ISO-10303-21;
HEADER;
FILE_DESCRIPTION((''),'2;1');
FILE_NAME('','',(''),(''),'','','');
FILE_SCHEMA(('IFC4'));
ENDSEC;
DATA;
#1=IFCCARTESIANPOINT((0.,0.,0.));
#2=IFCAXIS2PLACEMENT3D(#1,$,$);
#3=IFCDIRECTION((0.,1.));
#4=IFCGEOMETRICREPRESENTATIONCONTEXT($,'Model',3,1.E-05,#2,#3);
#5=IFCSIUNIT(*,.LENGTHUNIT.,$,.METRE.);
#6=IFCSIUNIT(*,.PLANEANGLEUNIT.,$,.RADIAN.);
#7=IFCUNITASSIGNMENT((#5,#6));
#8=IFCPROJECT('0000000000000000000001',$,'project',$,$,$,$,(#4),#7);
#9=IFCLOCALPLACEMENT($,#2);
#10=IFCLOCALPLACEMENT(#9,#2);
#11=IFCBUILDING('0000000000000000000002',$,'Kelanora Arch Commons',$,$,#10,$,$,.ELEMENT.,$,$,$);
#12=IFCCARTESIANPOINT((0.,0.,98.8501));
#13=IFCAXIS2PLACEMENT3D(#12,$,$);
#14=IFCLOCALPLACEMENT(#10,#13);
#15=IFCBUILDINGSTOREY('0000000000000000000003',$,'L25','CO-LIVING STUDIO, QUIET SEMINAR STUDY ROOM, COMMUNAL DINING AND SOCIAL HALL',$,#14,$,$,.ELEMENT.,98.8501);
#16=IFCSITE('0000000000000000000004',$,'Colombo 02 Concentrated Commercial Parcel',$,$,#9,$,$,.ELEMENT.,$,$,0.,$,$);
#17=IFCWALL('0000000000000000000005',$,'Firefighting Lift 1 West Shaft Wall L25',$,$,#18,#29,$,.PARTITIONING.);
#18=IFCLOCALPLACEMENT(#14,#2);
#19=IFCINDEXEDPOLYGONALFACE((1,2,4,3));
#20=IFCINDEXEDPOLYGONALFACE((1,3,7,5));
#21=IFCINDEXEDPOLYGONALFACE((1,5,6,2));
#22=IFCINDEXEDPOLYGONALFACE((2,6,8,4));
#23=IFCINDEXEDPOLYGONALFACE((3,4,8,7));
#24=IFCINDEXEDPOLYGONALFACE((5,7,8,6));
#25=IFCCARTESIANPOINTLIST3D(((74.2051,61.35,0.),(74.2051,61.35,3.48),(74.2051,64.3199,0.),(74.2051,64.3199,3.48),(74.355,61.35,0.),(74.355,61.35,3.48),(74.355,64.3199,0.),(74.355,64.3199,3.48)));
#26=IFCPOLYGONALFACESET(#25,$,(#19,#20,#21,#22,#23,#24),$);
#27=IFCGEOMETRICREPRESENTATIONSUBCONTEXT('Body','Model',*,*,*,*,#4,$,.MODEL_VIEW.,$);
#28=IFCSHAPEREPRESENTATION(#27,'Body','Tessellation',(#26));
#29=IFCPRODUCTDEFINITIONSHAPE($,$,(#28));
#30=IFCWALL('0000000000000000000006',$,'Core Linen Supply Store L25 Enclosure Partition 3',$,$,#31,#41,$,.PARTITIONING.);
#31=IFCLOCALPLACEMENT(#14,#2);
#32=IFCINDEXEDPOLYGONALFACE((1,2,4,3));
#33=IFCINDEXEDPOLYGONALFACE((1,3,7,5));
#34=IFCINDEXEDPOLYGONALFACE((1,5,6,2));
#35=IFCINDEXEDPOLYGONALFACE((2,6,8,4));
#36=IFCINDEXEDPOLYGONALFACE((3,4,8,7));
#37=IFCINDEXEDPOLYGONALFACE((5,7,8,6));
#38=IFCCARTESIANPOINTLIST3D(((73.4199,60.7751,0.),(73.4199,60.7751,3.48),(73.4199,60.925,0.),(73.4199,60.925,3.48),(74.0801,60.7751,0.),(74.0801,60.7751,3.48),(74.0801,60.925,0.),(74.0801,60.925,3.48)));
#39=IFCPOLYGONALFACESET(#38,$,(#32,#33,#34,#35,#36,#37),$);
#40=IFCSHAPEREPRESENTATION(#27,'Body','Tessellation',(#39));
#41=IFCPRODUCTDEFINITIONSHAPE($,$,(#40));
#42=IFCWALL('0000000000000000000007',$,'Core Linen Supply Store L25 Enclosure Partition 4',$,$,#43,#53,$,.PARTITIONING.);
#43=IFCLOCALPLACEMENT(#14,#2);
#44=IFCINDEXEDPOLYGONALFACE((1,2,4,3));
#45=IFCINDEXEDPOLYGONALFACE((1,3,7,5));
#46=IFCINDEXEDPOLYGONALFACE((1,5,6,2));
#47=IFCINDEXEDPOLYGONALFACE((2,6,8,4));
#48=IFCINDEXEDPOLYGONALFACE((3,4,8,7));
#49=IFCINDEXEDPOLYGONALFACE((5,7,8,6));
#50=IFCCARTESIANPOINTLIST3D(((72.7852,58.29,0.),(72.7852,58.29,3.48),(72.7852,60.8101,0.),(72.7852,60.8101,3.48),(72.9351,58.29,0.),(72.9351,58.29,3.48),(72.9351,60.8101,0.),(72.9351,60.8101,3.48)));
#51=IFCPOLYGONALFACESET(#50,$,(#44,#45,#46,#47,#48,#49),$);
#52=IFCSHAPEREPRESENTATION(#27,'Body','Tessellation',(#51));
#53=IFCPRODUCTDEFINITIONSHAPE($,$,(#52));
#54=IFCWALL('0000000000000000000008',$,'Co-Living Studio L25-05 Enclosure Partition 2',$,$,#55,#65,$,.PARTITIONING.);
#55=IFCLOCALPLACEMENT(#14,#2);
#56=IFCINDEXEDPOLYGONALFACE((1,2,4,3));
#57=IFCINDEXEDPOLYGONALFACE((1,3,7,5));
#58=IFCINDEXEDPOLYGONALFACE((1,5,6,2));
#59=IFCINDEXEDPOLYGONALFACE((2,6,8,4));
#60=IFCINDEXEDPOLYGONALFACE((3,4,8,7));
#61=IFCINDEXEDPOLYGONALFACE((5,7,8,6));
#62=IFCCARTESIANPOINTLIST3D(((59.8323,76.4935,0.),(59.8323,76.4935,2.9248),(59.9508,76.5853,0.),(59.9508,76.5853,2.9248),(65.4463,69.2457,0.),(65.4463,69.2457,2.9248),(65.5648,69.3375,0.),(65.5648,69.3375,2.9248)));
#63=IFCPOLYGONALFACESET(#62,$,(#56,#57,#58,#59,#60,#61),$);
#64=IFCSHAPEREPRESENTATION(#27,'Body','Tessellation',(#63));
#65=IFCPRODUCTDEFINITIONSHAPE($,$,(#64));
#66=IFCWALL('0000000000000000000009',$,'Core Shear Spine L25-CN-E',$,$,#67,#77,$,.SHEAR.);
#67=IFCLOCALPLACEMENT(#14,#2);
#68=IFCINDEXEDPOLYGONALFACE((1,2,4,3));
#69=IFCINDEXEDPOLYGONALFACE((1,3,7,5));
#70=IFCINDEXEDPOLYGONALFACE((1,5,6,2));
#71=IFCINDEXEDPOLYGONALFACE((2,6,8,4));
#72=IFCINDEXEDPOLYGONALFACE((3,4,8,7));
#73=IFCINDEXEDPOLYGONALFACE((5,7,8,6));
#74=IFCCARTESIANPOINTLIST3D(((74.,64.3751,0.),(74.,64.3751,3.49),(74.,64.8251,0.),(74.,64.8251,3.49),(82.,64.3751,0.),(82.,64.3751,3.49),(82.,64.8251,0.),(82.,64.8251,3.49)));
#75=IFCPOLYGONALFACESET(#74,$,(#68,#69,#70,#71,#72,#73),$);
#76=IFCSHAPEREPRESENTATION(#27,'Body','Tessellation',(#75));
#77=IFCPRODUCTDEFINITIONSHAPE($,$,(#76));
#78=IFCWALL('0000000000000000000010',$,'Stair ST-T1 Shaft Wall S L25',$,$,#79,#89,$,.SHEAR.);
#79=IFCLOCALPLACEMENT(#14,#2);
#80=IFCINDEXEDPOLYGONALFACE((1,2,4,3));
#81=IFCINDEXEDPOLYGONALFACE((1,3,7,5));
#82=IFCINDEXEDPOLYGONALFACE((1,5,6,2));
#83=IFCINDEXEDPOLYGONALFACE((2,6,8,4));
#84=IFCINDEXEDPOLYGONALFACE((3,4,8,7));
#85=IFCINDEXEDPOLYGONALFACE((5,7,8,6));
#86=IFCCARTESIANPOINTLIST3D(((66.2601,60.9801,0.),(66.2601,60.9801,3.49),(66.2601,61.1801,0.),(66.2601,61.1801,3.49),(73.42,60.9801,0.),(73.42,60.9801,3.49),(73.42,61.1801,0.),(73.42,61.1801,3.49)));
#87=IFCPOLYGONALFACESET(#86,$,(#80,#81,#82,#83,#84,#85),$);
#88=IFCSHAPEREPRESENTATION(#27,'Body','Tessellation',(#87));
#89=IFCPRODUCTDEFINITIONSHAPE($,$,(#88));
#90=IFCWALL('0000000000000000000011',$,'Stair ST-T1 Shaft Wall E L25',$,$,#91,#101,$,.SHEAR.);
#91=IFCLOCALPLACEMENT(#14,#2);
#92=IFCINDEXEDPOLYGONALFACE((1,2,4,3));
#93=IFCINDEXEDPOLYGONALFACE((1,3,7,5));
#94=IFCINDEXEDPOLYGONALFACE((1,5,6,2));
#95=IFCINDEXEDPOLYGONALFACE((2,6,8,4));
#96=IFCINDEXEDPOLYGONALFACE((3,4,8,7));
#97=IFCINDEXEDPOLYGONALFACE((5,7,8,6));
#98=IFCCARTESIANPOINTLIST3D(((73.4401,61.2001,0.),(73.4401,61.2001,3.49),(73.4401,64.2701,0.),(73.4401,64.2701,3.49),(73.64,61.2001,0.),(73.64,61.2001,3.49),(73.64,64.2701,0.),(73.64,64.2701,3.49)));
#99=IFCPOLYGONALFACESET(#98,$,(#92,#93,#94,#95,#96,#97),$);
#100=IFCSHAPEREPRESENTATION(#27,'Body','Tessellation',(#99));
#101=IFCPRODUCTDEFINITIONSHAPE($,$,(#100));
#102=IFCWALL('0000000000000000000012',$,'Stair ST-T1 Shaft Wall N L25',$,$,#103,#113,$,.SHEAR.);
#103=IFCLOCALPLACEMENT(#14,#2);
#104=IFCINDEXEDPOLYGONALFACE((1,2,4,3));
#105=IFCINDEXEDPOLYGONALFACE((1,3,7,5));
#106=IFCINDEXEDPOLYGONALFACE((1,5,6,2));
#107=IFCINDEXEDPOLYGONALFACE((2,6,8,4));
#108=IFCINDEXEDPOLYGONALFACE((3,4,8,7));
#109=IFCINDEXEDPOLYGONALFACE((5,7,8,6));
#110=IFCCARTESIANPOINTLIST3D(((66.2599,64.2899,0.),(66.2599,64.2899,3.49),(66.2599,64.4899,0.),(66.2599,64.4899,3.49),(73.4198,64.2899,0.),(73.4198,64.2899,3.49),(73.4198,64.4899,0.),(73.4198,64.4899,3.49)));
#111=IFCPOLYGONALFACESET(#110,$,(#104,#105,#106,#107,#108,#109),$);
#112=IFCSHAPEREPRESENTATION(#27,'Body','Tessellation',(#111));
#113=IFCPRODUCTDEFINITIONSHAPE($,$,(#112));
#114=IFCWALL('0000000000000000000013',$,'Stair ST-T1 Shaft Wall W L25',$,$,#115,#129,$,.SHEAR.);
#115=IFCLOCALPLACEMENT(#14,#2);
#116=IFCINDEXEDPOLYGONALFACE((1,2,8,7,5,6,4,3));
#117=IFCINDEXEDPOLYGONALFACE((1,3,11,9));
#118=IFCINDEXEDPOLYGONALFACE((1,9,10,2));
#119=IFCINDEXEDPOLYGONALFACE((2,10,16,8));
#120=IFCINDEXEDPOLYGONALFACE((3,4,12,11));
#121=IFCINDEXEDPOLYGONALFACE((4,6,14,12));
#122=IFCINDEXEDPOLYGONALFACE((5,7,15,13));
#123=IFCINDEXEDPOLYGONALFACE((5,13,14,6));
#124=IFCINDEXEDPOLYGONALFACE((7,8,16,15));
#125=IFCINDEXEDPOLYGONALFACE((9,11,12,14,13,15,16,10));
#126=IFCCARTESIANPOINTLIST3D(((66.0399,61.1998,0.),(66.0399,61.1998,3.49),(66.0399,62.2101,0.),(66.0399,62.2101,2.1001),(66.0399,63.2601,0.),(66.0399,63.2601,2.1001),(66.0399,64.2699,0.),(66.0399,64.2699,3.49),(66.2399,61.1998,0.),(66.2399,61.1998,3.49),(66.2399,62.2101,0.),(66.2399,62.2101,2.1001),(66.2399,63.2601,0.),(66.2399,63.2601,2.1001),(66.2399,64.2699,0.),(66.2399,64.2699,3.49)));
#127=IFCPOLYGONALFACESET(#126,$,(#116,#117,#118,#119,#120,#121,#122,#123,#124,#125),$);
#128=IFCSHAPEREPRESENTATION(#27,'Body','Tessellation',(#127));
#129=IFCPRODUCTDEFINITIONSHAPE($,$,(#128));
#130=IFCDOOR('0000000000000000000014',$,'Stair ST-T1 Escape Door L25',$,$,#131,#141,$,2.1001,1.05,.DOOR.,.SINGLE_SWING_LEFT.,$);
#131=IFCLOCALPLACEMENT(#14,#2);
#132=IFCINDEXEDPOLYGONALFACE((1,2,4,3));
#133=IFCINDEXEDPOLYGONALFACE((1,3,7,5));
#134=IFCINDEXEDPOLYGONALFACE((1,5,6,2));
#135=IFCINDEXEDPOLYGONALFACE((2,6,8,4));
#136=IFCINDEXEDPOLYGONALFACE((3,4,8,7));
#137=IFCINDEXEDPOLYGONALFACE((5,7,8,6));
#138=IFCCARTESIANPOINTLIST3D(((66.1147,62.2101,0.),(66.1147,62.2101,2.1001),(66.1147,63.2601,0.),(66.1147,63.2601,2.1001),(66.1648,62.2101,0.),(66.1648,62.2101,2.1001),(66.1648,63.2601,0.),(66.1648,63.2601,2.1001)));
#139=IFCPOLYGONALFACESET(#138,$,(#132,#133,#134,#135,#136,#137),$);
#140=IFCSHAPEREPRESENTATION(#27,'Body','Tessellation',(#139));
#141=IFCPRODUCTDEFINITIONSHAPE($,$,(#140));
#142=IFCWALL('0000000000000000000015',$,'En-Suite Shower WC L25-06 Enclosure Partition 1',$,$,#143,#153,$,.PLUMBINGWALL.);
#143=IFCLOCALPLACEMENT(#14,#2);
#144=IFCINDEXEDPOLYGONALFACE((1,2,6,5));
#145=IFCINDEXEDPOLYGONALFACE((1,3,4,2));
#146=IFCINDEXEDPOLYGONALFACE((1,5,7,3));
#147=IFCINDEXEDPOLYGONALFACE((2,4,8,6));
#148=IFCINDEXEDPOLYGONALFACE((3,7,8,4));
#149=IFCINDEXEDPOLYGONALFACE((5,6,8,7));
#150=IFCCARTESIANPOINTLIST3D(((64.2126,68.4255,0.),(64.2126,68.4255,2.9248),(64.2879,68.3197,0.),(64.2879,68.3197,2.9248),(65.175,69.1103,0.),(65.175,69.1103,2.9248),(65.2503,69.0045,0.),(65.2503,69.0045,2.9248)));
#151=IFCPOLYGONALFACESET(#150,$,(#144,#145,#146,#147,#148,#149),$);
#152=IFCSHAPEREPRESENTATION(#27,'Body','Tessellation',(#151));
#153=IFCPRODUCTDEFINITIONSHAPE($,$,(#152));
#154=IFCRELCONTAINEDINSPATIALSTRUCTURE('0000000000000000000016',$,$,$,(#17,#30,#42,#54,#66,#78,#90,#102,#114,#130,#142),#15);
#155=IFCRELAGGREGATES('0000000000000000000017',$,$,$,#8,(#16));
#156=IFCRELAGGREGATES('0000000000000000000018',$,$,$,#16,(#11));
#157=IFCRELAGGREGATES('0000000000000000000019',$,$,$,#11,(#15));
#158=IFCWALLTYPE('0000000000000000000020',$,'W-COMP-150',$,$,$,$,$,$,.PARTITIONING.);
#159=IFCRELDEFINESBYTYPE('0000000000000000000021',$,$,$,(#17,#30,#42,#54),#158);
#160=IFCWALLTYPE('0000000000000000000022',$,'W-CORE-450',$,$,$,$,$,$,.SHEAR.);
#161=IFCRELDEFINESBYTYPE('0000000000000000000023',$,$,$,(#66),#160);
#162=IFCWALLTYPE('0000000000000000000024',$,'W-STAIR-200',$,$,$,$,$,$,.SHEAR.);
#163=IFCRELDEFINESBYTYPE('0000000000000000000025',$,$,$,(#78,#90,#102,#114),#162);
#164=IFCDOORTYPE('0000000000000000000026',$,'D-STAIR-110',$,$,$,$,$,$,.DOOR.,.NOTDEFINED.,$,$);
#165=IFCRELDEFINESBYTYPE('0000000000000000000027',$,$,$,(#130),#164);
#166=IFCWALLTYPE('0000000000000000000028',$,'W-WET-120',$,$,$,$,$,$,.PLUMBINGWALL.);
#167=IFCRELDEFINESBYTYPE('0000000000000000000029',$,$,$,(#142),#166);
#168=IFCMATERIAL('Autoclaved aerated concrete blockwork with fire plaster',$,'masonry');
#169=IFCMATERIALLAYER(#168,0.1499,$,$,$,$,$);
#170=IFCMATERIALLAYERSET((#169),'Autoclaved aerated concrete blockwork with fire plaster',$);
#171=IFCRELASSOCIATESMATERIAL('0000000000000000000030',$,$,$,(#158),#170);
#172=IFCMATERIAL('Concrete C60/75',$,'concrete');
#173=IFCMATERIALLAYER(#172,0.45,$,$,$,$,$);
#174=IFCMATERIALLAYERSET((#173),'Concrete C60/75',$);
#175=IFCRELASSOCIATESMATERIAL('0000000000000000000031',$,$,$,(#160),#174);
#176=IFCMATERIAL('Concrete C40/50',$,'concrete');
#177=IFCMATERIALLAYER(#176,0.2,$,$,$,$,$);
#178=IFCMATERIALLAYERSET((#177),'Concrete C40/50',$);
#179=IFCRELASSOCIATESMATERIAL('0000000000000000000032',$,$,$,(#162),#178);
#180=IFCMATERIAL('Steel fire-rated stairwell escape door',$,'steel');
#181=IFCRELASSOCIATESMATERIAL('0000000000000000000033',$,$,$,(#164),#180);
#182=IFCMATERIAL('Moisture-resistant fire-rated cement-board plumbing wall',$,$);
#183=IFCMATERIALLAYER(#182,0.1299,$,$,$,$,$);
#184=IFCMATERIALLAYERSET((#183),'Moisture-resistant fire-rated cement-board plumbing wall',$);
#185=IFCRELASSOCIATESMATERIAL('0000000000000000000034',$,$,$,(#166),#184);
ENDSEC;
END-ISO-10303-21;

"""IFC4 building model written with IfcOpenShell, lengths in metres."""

from ifc_helpers import new_model, si_unit, direction, frame, frame_2d, origin, place, context, subcontext, project, spatial, rectangle, extrude, material, layer, layer_set, type_object, element, fill, save


model = new_model("IFC4")

# Units and contexts
model_context = context("Model", 3, precision=1e-05, world=origin(), true_north=direction((0.0, 1.0)))
body_context = subcontext(model_context, "Body", "Model", "MODEL_VIEW")
ifc_project = project(units=[si_unit("LENGTHUNIT", "METRE"), si_unit("PLANEANGLEUNIT", "RADIAN")], contexts=[model_context])

# Site, building, storey
site_placement = place(None, origin())
site = spatial("IfcSite", under=ifc_project, at=site_placement, Name="Colombo 02 Concentrated Commercial Parcel", CompositionType="ELEMENT", RefElevation=0.0)
building_placement = place(site_placement, origin())
building = spatial("IfcBuilding", under=site, at=building_placement, Name="Kelanora Arch Commons", CompositionType="ELEMENT")
storey_placement = place(building_placement, frame((0.0, 0.0, 98.8501)))
storey = spatial("IfcBuildingStorey", under=building, at=storey_placement, Name="L25", Description="CO-LIVING STUDIO, QUIET SEMINAR STUDY ROOM, COMMUNAL DINING AND SOCIAL HALL", CompositionType="ELEMENT", Elevation=98.8501)

# Shared definitions
ifc_material_1 = material(Name="Concrete C60/75", Category="concrete")

# Walls
ifc_material_2 = material(Name="Autoclaved aerated concrete blockwork with fire plaster", Category="masonry")
ifc_layer_1 = layer(ifc_material_2, 0.1499)
ifc_layer_set_1 = layer_set([ifc_layer_1], Name="Autoclaved aerated concrete blockwork with fire plaster")
wall_type_1 = type_object("IfcWallType", Name="W-COMP-150", PredefinedType="PARTITIONING", material=ifc_layer_set_1)
wall_1_placement = place(storey_placement, frame((74.28, 61.3501, 0.0), z_axis=(0.0, 0.0, 1.0), x_axis=(0.0, 1.0, 0.0)))
element("IfcWall", 1, at=wall_1_placement, inside=storey, type_object=wall_type_1, Name="Firefighting Lift 1 West Shaft Wall L25", PredefinedType="PARTITIONING", context=body_context, shape_type="SweptSolid", body=[
    extrude(rectangle(XDim=2.97, YDim=0.1499, at=frame_2d((1.4849, 0.0))), origin(), (0.0, 0.0, 1.0), 3.48),
])
wall_2_placement = place(storey_placement, frame((74.0801, 60.8501, 0.0), z_axis=(0.0, 0.0, 1.0), x_axis=(-1.0, 0.0, 0.0)))
element("IfcWall", 2, at=wall_2_placement, inside=storey, type_object=wall_type_1, Name="Core Linen Supply Store L25 Enclosure Partition 3", PredefinedType="PARTITIONING", context=body_context, shape_type="SweptSolid", body=[
    extrude(rectangle(XDim=0.6602, YDim=0.1499, at=frame_2d((0.3301, 0.0))), origin(), (0.0, 0.0, 1.0), 3.48),
])
wall_3_placement = place(storey_placement, frame((72.8601, 60.8101, 0.0), z_axis=(0.0, 0.0, 1.0), x_axis=(0.0, -1.0, 0.0)))
element("IfcWall", 3, at=wall_3_placement, inside=storey, type_object=wall_type_1, Name="Core Linen Supply Store L25 Enclosure Partition 4", PredefinedType="PARTITIONING", context=body_context, shape_type="SweptSolid", body=[
    extrude(rectangle(XDim=2.52, YDim=0.1499, at=frame_2d((1.26, 0.0))), origin(), (0.0, 0.0, 1.0), 3.48),
])
wall_4_placement = place(storey_placement, frame((65.5056, 69.2915, 0.0), z_axis=(0.0, 0.0, 1.0), x_axis=(-0.612365, 0.790575, 0.0)))
element("IfcWall", 4, at=wall_4_placement, inside=storey, type_object=wall_type_1, Name="Co-Living Studio L25-05 Enclosure Partition 2", PredefinedType="PARTITIONING", context=body_context, shape_type="SweptSolid", body=[
    extrude(rectangle(XDim=9.1677, YDim=0.1499, at=frame_2d((4.584, 0.0))), origin(), (0.0, 0.0, 1.0), 2.9248),
])
ifc_layer_2 = layer(ifc_material_1, 0.45)
ifc_layer_set_2 = layer_set([ifc_layer_2], Name="Concrete C60/75")
wall_type_2 = type_object("IfcWallType", Name="W-CORE-450", PredefinedType="SHEAR", material=ifc_layer_set_2)
wall_5_placement = place(storey_placement, frame((74.0, 64.6001, 0.0), z_axis=(0.0, 0.0, 1.0), x_axis=(1.0, 0.0, 0.0)))
element("IfcWall", 5, at=wall_5_placement, inside=storey, type_object=wall_type_2, Name="Core Shear Spine L25-CN-E", PredefinedType="SHEAR", context=body_context, shape_type="SweptSolid", body=[
    extrude(rectangle(XDim=8.0, YDim=0.45, at=frame_2d((4.0, 0.0))), origin(), (0.0, 0.0, 1.0), 3.49),
])

# Shared definitions
ifc_material_3 = material(Name="Concrete C40/50", Category="concrete")

# Walls
ifc_layer_3 = layer(ifc_material_3, 0.2)
ifc_layer_set_3 = layer_set([ifc_layer_3], Name="Concrete C40/50")
wall_type_3 = type_object("IfcWallType", Name="W-STAIR-200", PredefinedType="SHEAR", material=ifc_layer_set_3)
wall_6_placement = place(storey_placement, frame((66.26, 61.0801, 0.0), z_axis=(0.0, 0.0, 1.0), x_axis=(1.0, 0.0, 0.0)))
element("IfcWall", 6, at=wall_6_placement, inside=storey, type_object=wall_type_3, Name="Stair ST-T1 Shaft Wall S L25", PredefinedType="SHEAR", context=body_context, shape_type="SweptSolid", body=[
    extrude(rectangle(XDim=7.1599, YDim=0.2, at=frame_2d((3.5801, 0.0))), origin(), (0.0, 0.0, 1.0), 3.49),
])
wall_7_placement = place(storey_placement, frame((73.54, 61.2, 0.0), z_axis=(0.0, 0.0, 1.0), x_axis=(0.0, 1.0, 0.0)))
element("IfcWall", 7, at=wall_7_placement, inside=storey, type_object=wall_type_3, Name="Stair ST-T1 Shaft Wall E L25", PredefinedType="SHEAR", context=body_context, shape_type="SweptSolid", body=[
    extrude(rectangle(XDim=3.0701, YDim=0.2, at=frame_2d((1.5352, 0.0))), origin(), (0.0, 0.0, 1.0), 3.49),
])
wall_8_placement = place(storey_placement, frame((73.4199, 64.3899, 0.0), z_axis=(0.0, 0.0, 1.0), x_axis=(-1.0, 0.0, 0.0)))
element("IfcWall", 8, at=wall_8_placement, inside=storey, type_object=wall_type_3, Name="Stair ST-T1 Shaft Wall N L25", PredefinedType="SHEAR", context=body_context, shape_type="SweptSolid", body=[
    extrude(rectangle(XDim=7.1599, YDim=0.2, at=frame_2d((3.5801, 0.0))), origin(), (0.0, 0.0, 1.0), 3.49),
])

# Wall, opening, door
wall_9_placement = place(storey_placement, frame((66.1399, 64.27, 0.0), z_axis=(0.0, 0.0, 1.0), x_axis=(0.0, -1.0, 0.0)))
wall_9 = element("IfcWall", 9, at=wall_9_placement, inside=storey, type_object=wall_type_3, Name="Stair ST-T1 Shaft Wall W L25", PredefinedType="SHEAR", context=body_context, shape_type="SweptSolid", body=[
    extrude(rectangle(XDim=3.0701, YDim=0.2, at=frame_2d((1.5352, 0.0))), origin(), (0.0, 0.0, 1.0), 3.49),
])
opening_1_placement = place(wall_9_placement, frame((1.01, 0.0, 0.0)))
opening_1 = element("IfcOpeningElement", 10, at=opening_1_placement, cuts=wall_9, PredefinedType="OPENING", context=body_context, shape_type="SweptSolid", body=[
    extrude(rectangle(XDim=1.05, YDim=2.1001, at=frame_2d((0.5249, 1.05))), frame((0.0, 0.1099, 0.0), z_axis=(0.0, -1.0, 0.0), x_axis=(1.0, 0.0, 0.0)), (0.0, 0.0, 1.0), 0.22),
])
ifc_material_4 = material(Name="Steel fire-rated stairwell escape door", Category="steel")
door_type_1 = type_object("IfcDoorType", Name="D-STAIR-110", OperationType="NOTDEFINED", PredefinedType="DOOR", material=ifc_material_4)
door_1_placement = place(opening_1_placement, origin())
door_1 = element("IfcDoor", 11, at=door_1_placement, inside=storey, type_object=door_type_1, Name="Stair ST-T1 Escape Door L25", OperationType="SINGLE_SWING_LEFT", OverallHeight=2.1001, OverallWidth=1.05, PredefinedType="DOOR", context=body_context, shape_type="SweptSolid", body=[
    extrude(rectangle(XDim=1.05, YDim=2.1001, at=frame_2d((0.5249, 1.05))), frame((0.0, 0.0249, 0.0), z_axis=(0.0, -1.0, 0.0), x_axis=(1.0, 0.0, 0.0)), (0.0, 0.0, 1.0), 0.05),
])
fill(opening_1, door_1)

# Wall
ifc_material_5 = material(Name="Moisture-resistant fire-rated cement-board plumbing wall")
ifc_layer_4 = layer(ifc_material_5, 0.1299)
ifc_layer_set_4 = layer_set([ifc_layer_4], Name="Moisture-resistant fire-rated cement-board plumbing wall")
wall_type_4 = type_object("IfcWallType", Name="W-WET-120", PredefinedType="PLUMBINGWALL", material=ifc_layer_set_4)
wall_10_placement = place(storey_placement, frame((65.2126, 69.0574, 0.0), z_axis=(0.0, 0.0, 1.0), x_axis=(-0.81478, -0.579771, 0.0)))
element("IfcWall", 12, at=wall_10_placement, inside=storey, type_object=wall_type_4, Name="En-Suite Shower WC L25-06 Enclosure Partition 1", PredefinedType="PLUMBINGWALL", context=body_context, shape_type="SweptSolid", body=[
    extrude(rectangle(XDim=1.1812, YDim=0.1299, at=frame_2d((0.5906, 0.0))), origin(), (0.0, 0.0, 1.0), 2.9248),
])

save(model, "model.ifc")
